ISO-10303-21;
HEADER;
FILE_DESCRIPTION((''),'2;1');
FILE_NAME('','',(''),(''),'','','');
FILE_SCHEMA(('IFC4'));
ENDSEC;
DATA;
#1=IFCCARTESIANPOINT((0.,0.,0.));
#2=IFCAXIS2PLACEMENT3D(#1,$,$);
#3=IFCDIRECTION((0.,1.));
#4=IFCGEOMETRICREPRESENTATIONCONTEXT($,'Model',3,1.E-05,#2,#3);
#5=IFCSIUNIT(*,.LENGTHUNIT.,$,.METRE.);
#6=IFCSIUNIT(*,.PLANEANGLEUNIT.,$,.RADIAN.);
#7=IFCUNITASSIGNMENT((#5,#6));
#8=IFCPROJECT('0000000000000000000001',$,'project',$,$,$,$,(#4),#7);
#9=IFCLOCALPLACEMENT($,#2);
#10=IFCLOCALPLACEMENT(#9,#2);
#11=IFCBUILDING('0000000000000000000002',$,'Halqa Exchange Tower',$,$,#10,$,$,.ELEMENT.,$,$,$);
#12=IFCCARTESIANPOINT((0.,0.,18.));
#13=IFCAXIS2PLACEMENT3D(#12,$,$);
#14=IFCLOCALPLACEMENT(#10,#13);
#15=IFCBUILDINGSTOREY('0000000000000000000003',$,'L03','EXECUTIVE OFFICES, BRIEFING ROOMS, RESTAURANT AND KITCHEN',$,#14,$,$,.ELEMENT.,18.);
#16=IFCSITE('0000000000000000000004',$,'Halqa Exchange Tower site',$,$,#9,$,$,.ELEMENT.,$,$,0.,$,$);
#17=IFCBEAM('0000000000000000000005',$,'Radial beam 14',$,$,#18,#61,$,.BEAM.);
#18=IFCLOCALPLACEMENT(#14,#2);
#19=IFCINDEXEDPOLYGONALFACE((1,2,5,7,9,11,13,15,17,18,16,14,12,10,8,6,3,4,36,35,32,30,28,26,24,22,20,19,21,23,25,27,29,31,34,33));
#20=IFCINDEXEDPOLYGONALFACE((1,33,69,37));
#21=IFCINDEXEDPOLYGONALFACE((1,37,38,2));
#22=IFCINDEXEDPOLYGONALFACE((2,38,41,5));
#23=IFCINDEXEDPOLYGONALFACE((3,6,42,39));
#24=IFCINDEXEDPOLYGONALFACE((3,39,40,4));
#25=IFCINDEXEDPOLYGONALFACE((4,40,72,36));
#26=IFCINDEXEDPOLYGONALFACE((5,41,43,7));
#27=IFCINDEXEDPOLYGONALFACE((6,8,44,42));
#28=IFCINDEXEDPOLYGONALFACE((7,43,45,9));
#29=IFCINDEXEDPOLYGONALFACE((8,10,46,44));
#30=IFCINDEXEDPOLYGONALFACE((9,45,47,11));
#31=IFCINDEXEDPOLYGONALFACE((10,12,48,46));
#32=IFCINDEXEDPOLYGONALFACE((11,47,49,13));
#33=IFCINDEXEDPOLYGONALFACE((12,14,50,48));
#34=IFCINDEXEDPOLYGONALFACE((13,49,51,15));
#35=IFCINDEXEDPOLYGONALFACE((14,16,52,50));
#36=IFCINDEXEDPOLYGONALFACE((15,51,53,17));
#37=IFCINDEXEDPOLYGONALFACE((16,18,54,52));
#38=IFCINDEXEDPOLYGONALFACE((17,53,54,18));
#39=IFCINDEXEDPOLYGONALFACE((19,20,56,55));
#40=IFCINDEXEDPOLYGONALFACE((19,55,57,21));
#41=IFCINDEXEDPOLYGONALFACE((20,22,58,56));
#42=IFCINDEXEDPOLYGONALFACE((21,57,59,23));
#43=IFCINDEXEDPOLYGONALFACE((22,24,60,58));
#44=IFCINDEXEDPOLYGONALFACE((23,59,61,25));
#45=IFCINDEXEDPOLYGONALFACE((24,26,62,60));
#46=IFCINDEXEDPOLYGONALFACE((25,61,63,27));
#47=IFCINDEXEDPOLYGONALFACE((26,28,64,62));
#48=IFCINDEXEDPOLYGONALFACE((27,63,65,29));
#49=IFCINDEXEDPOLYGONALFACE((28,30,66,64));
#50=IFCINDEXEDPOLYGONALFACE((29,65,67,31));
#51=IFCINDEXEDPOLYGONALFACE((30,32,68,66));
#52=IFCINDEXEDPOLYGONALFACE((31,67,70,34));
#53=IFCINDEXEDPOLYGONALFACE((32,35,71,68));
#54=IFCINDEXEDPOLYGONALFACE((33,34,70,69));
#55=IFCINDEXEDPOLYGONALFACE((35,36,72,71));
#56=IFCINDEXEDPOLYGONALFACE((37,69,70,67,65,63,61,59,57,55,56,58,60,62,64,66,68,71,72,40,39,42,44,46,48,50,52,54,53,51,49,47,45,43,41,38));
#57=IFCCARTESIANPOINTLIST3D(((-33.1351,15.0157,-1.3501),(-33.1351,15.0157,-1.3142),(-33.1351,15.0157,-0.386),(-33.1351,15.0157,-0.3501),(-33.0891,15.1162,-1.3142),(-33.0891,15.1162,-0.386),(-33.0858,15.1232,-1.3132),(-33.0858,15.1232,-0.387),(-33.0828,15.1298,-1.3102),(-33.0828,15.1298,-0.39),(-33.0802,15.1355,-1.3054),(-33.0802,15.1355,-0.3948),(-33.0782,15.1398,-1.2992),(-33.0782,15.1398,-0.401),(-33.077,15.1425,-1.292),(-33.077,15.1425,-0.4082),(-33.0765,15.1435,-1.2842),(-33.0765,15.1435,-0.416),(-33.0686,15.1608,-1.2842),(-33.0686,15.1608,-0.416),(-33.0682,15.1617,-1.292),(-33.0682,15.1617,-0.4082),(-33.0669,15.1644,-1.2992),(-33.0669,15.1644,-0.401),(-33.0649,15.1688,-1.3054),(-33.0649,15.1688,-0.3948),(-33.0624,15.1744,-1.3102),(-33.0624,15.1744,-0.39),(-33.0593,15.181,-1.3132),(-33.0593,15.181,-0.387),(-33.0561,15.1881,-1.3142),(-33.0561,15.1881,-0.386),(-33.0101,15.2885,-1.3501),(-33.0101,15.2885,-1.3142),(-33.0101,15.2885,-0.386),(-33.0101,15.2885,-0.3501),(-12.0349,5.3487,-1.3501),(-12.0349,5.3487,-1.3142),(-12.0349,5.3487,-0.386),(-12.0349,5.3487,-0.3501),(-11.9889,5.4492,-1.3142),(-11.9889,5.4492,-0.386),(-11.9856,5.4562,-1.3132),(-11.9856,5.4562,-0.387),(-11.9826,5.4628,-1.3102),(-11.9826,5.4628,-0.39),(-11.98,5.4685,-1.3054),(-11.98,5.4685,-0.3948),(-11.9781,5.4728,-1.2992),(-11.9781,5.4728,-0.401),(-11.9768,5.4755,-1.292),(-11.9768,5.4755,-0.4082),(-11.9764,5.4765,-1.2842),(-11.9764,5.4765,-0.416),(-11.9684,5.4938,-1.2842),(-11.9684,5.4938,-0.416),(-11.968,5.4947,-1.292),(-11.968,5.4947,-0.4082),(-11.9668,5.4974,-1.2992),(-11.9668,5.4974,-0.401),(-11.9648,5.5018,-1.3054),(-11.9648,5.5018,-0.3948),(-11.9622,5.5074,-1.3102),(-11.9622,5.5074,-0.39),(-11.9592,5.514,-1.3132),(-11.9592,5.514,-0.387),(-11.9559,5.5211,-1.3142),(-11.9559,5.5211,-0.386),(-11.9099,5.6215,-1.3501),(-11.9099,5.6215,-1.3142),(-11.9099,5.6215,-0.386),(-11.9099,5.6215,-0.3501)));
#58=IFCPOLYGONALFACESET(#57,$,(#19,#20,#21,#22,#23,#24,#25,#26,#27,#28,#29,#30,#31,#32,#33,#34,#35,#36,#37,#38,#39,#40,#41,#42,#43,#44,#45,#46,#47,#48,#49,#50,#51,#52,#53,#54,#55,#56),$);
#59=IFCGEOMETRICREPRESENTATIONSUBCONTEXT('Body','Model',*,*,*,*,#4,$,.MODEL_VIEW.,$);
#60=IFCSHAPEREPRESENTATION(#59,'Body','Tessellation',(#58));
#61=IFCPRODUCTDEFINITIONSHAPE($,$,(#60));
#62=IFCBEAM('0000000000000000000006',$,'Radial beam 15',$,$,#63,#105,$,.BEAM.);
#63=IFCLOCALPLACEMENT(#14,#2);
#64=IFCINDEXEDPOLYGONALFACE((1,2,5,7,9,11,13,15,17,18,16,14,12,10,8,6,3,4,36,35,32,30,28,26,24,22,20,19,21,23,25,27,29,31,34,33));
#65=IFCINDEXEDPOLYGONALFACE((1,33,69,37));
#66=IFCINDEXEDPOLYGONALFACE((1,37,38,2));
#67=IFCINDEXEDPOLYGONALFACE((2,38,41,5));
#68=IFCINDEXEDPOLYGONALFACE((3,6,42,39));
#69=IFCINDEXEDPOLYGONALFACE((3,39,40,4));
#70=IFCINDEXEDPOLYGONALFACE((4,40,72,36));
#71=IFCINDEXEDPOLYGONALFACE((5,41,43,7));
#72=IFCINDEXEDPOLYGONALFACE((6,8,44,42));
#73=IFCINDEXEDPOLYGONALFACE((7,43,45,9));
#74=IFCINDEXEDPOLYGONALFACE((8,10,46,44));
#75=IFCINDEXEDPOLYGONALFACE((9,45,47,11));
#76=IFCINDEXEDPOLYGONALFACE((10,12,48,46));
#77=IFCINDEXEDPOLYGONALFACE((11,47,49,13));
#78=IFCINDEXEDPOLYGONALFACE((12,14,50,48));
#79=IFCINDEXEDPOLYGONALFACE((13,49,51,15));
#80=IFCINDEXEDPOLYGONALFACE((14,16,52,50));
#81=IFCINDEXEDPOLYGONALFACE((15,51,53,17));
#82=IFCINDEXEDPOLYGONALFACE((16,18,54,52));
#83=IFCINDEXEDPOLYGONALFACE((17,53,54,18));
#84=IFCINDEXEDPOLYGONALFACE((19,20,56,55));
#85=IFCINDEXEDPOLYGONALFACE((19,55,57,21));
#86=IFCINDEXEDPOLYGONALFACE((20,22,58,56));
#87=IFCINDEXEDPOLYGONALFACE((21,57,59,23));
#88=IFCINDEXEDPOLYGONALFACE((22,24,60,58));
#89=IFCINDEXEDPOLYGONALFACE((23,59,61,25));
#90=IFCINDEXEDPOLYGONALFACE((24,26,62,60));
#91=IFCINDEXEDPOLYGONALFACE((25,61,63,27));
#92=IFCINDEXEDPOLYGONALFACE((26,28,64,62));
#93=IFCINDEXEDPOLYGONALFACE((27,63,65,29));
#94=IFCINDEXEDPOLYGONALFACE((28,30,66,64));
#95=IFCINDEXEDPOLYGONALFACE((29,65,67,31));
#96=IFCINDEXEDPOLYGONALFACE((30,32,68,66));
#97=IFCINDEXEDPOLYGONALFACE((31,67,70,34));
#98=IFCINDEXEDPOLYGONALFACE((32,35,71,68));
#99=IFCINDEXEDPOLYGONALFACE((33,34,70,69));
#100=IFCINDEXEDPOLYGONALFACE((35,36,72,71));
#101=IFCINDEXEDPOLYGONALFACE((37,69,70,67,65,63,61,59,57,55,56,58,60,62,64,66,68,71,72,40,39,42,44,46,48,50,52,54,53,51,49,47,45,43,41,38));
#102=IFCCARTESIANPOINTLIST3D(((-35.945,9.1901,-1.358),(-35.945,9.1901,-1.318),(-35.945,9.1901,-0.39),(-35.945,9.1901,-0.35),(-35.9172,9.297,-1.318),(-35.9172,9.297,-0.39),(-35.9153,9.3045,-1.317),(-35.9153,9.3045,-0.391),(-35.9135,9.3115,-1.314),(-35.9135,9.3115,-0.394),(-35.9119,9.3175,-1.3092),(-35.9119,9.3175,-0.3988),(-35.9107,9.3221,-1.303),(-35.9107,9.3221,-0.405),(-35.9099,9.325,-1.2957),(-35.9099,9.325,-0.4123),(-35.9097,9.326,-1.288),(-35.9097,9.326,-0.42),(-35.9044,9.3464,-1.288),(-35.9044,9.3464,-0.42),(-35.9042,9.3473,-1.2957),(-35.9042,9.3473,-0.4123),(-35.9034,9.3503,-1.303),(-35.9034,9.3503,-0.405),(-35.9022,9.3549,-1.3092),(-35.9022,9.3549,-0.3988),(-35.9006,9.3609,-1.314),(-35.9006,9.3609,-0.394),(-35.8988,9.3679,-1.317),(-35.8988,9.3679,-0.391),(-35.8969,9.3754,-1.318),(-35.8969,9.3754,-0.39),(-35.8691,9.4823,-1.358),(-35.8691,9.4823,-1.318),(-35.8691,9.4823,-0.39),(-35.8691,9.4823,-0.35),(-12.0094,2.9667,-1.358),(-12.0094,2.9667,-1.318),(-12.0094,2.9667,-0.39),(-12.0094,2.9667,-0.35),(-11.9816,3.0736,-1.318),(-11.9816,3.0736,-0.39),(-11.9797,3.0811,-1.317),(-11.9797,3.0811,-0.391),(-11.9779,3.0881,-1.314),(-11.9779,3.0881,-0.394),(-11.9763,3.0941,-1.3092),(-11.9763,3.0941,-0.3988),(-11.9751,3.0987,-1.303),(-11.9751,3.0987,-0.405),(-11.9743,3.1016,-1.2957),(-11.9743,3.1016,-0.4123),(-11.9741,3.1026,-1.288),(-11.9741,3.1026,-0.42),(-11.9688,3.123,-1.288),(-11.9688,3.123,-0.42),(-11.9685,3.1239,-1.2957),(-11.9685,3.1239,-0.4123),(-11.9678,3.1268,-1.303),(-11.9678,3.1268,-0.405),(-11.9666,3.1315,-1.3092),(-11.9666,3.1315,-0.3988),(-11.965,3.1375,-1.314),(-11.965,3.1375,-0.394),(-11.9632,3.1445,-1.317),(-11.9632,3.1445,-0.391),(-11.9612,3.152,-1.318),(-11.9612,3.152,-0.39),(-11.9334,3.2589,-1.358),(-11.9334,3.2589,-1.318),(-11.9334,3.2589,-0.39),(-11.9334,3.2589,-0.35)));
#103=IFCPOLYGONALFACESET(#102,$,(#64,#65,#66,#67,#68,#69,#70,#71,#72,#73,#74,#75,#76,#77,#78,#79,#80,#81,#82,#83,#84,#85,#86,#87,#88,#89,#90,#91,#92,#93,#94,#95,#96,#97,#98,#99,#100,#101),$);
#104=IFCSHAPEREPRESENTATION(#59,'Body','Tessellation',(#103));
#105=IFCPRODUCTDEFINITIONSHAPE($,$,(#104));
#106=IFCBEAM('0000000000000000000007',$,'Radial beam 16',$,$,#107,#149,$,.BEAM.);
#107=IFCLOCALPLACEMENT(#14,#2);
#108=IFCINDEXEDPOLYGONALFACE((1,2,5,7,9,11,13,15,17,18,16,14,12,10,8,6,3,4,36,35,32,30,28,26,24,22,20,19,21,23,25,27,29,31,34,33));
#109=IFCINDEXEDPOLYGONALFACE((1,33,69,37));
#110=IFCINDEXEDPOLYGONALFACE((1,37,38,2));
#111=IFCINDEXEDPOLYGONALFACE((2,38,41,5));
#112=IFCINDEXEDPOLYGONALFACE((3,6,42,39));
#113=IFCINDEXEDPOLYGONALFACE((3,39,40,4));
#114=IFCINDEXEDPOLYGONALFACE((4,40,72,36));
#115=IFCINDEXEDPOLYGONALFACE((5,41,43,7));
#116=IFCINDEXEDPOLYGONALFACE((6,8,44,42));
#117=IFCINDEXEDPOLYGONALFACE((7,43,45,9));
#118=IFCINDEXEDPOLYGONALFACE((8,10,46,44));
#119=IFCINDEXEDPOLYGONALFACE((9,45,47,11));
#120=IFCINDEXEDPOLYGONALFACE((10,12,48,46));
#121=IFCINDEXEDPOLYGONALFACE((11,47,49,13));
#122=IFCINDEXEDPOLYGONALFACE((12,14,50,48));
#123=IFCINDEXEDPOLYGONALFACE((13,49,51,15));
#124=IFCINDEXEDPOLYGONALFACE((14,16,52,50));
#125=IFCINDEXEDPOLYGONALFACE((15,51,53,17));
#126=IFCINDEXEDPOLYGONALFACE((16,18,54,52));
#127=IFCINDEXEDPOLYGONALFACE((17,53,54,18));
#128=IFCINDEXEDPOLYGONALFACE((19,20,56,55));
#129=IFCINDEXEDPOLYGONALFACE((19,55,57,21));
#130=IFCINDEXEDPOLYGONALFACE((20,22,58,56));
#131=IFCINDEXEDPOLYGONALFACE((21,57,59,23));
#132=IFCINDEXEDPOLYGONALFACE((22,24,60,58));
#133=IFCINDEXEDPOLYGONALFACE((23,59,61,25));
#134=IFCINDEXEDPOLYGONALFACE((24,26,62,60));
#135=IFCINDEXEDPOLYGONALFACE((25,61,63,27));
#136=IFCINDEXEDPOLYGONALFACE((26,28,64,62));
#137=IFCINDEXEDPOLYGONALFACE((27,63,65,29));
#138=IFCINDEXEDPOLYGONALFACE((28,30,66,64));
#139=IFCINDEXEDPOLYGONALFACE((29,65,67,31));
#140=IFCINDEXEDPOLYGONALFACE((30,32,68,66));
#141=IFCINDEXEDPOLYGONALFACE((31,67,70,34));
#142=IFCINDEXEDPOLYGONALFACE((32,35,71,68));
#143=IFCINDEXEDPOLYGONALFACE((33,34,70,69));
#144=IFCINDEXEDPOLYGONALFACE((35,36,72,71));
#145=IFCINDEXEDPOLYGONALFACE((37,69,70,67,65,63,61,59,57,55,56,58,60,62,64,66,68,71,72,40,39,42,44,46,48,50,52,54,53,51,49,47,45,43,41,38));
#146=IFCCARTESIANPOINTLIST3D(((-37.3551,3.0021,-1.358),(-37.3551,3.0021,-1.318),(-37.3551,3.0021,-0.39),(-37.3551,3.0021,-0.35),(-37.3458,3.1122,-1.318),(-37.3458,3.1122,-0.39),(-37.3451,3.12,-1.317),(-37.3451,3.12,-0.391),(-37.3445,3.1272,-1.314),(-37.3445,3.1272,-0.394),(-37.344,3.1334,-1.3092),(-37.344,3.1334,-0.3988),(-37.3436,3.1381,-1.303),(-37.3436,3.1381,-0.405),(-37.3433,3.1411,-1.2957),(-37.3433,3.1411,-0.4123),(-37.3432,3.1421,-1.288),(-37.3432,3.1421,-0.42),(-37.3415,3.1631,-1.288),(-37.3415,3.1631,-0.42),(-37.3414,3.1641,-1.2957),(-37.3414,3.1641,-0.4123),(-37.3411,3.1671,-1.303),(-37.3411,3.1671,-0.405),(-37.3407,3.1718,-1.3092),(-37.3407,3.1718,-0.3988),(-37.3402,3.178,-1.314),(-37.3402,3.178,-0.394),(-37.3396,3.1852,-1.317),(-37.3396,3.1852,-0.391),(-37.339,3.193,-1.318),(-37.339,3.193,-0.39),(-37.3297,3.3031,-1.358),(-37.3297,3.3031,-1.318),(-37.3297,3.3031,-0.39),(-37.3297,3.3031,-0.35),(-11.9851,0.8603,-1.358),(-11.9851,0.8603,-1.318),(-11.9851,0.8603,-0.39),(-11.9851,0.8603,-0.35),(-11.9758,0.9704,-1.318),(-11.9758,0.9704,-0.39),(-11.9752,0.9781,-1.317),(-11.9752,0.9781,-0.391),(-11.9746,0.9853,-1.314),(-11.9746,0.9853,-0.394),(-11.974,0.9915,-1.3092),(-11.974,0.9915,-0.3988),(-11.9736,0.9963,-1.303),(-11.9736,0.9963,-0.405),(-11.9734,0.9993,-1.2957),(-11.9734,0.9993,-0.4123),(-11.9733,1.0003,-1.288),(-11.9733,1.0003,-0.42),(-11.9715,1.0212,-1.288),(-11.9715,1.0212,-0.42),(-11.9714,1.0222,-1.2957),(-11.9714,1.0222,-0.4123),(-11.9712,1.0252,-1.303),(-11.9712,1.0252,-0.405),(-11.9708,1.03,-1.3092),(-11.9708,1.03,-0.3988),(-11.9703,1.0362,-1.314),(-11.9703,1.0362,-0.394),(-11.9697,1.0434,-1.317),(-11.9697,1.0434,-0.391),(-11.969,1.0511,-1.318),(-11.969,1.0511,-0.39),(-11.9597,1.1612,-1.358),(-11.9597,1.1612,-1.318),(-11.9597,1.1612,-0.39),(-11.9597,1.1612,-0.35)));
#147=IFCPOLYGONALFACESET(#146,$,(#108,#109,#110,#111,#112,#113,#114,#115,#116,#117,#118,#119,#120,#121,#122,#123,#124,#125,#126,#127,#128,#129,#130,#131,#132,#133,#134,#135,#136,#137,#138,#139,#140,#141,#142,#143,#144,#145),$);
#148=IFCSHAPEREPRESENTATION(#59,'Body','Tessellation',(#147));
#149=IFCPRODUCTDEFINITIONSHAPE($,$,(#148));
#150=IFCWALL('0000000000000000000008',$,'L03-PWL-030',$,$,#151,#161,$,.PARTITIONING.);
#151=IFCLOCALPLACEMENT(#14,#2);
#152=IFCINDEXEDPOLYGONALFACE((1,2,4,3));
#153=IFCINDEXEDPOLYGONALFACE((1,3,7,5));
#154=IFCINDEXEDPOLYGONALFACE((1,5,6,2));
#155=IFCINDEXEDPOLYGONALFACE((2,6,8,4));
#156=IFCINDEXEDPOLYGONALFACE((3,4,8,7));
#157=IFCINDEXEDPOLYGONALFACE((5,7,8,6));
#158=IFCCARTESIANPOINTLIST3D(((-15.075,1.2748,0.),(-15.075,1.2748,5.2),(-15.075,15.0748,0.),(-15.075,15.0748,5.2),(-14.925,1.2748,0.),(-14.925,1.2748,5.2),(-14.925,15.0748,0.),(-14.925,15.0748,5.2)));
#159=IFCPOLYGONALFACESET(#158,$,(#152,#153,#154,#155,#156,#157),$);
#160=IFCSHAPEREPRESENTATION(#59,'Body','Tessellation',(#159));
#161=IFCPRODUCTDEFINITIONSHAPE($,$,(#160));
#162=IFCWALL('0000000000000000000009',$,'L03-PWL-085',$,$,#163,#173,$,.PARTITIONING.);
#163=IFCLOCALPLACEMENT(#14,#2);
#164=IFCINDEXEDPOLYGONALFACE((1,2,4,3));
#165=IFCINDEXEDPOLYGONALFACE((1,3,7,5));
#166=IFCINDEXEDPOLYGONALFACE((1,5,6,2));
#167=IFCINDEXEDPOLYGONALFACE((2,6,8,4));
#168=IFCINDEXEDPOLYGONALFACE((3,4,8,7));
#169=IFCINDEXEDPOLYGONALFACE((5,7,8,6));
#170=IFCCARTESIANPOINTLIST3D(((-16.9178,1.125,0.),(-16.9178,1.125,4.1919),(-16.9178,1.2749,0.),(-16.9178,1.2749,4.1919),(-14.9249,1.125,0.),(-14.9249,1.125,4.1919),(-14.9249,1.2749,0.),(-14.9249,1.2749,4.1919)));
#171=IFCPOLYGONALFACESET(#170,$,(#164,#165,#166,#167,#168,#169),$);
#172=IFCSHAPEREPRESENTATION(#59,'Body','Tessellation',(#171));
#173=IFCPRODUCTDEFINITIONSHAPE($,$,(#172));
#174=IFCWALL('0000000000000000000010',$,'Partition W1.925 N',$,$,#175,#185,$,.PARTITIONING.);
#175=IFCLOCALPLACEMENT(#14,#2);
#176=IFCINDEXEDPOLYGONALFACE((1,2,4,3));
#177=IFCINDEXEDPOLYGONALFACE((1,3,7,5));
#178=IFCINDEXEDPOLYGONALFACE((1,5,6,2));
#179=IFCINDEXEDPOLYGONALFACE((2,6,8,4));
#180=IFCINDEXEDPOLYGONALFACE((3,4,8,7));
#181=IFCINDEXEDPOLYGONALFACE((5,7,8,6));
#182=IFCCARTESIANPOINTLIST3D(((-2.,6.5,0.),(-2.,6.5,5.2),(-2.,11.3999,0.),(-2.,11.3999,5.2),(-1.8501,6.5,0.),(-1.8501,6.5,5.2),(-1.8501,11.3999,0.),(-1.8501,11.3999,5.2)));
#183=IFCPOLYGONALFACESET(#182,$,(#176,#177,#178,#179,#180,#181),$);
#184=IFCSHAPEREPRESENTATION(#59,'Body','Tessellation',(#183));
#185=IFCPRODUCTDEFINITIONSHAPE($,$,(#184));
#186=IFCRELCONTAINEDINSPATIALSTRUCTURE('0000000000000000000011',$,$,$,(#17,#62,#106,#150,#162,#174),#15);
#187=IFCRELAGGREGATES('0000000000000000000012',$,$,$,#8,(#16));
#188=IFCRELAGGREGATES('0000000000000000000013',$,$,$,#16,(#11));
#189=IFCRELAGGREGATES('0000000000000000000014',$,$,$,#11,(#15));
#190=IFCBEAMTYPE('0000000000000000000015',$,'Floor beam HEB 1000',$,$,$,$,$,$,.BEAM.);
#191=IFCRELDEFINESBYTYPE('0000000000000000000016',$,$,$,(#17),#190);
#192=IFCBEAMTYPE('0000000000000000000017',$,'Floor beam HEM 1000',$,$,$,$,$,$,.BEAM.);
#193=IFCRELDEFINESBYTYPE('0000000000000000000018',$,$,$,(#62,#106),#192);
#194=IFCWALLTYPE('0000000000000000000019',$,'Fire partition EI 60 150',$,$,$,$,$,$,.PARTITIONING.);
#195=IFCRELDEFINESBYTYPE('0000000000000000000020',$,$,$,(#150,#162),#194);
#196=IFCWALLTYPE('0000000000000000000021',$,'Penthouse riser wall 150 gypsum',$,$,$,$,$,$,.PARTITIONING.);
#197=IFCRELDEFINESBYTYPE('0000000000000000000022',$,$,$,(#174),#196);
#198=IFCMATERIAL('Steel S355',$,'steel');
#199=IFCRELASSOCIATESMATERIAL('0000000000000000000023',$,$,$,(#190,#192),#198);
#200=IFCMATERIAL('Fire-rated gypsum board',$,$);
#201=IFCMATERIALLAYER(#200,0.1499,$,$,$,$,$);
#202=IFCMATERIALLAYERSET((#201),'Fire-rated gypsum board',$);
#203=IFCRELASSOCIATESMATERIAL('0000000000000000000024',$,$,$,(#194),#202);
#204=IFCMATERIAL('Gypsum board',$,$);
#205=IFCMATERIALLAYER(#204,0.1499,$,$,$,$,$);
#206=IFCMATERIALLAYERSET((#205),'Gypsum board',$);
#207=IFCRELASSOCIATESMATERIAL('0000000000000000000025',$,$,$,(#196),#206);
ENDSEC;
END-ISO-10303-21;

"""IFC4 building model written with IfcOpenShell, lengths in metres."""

from ifc_helpers import new_model, si_unit, direction, frame, frame_2d, origin, origin_2d, place, context, subcontext, project, spatial, rectangle, i_section, extrude, material, layer, layer_set, material_profile, profile_set, type_object, element, save


model = new_model("IFC4")

# Units and contexts
model_context = context("Model", 3, precision=1e-05, world=origin(), true_north=direction((0.0, 1.0)))
body_context = subcontext(model_context, "Body", "Model", "MODEL_VIEW")
ifc_project = project(units=[si_unit("LENGTHUNIT", "METRE"), si_unit("PLANEANGLEUNIT", "RADIAN")], contexts=[model_context])

# Site, building, storey
site_placement = place(None, origin())
site = spatial("IfcSite", under=ifc_project, at=site_placement, Name="Halqa Exchange Tower site", CompositionType="ELEMENT", RefElevation=0.0)
building_placement = place(site_placement, origin())
building = spatial("IfcBuilding", under=site, at=building_placement, Name="Halqa Exchange Tower", CompositionType="ELEMENT")
storey_placement = place(building_placement, frame((0.0, 0.0, 18.0)))
storey = spatial("IfcBuildingStorey", under=building, at=storey_placement, Name="L03", Description="EXECUTIVE OFFICES, BRIEFING ROOMS, RESTAURANT AND KITCHEN", CompositionType="ELEMENT", Elevation=18.0)

# Beams
ifc_material_1 = material(Name="Steel S355", Category="steel")
ifc_material_profile_1 = material_profile(ifc_material_1, i_section(OverallWidth=0.3, OverallDepth=1.0, WebThickness=0.019, FlangeThickness=0.0359, FilletRadius=0.03, at=origin_2d()), Name="HEB 1000")
ifc_profile_set_1 = profile_set([ifc_material_profile_1], Name="Steel S355")
beam_type_1 = type_object("IfcBeamType", Name="Floor beam HEB 1000", PredefinedType="BEAM", material=ifc_profile_set_1)
beam_1_placement = place(storey_placement, frame((-11.9724, 5.4851, -0.8501), z_axis=(-0.909128, 0.416516, 0.0), x_axis=(-0.416516, -0.909128, 0.0)))
element("IfcBeam", 1, at=beam_1_placement, inside=storey, type_object=beam_type_1, Name="Radial beam 14", PredefinedType="BEAM", context=body_context, shape_type="SweptSolid", body=[
    extrude(i_section(OverallWidth=0.3, OverallDepth=1.0, WebThickness=0.019, FlangeThickness=0.0359, FilletRadius=0.03, at=origin_2d()), origin(), (0.0, 0.0, 1.0), 23.2092),
])
ifc_material_profile_2 = material_profile(ifc_material_1, i_section(OverallWidth=0.302, OverallDepth=1.0081, WebThickness=0.021, FlangeThickness=0.04, FilletRadius=0.03, at=origin_2d()), Name="HEM 1000")
ifc_profile_set_2 = profile_set([ifc_material_profile_2], Name="Steel S355")
beam_type_2 = type_object("IfcBeamType", Name="Floor beam HEM 1000", PredefinedType="BEAM", material=ifc_profile_set_2)
beam_2_placement = place(storey_placement, frame((-11.9714, 3.1128, -0.854), z_axis=(-0.967821, 0.251639, 0.0), x_axis=(-0.251639, -0.967821, 0.0)))
element("IfcBeam", 2, at=beam_2_placement, inside=storey, type_object=beam_type_2, Name="Radial beam 15", PredefinedType="BEAM", context=body_context, shape_type="SweptSolid", body=[
    extrude(i_section(OverallWidth=0.302, OverallDepth=1.0081, WebThickness=0.021, FlangeThickness=0.04, FilletRadius=0.03, at=origin_2d()), origin(), (0.0, 0.0, 1.0), 24.7314),
])
beam_3_placement = place(storey_placement, frame((-11.9724, 1.0107, -0.854), z_axis=(-0.996455, 0.084125, 0.0), x_axis=(-0.084125, -0.996455, 0.0)))
element("IfcBeam", 3, at=beam_3_placement, inside=storey, type_object=beam_type_2, Name="Radial beam 16", PredefinedType="BEAM", context=body_context, shape_type="SweptSolid", body=[
    extrude(i_section(OverallWidth=0.302, OverallDepth=1.0081, WebThickness=0.021, FlangeThickness=0.04, FilletRadius=0.03, at=origin_2d()), origin(), (0.0, 0.0, 1.0), 25.4602),
])

# Walls
ifc_material_2 = material(Name="Fire-rated gypsum board")
ifc_layer_1 = layer(ifc_material_2, 0.1499)
ifc_layer_set_1 = layer_set([ifc_layer_1], Name="Fire-rated gypsum board")
wall_type_1 = type_object("IfcWallType", Name="Fire partition EI 60 150", PredefinedType="PARTITIONING", material=ifc_layer_set_1)
wall_1_placement = place(storey_placement, frame((-15.0, 1.2749, 0.0), z_axis=(0.0, 0.0, 1.0), x_axis=(0.0, 1.0, 0.0)))
element("IfcWall", 4, at=wall_1_placement, inside=storey, type_object=wall_type_1, Name="L03-PWL-030", PredefinedType="PARTITIONING", context=body_context, shape_type="SweptSolid", body=[
    extrude(rectangle(XDim=13.8, YDim=0.1499, at=frame_2d((6.8999, 0.0))), origin(), (0.0, 0.0, 1.0), 5.2),
])
wall_2_placement = place(storey_placement, frame((-16.918, 1.2, 0.0), z_axis=(0.0, 0.0, 1.0), x_axis=(1.0, 0.0, 0.0)))
element("IfcWall", 5, at=wall_2_placement, inside=storey, type_object=wall_type_1, Name="L03-PWL-085", PredefinedType="PARTITIONING", context=body_context, shape_type="SweptSolid", body=[
    extrude(rectangle(XDim=1.9929, YDim=0.1499, at=frame_2d((0.9966, 0.0))), origin(), (0.0, 0.0, 1.0), 4.1919),
])
ifc_material_3 = material(Name="Gypsum board")
ifc_layer_2 = layer(ifc_material_3, 0.1499)
ifc_layer_set_2 = layer_set([ifc_layer_2], Name="Gypsum board")
wall_type_2 = type_object("IfcWallType", Name="Penthouse riser wall 150 gypsum", PredefinedType="PARTITIONING", material=ifc_layer_set_2)
wall_3_placement = place(storey_placement, frame((-1.925, 6.5, 0.0), z_axis=(0.0, 0.0, 1.0), x_axis=(0.0, 1.0, 0.0)))
element("IfcWall", 6, at=wall_3_placement, inside=storey, type_object=wall_type_2, Name="Partition W1.925 N", PredefinedType="PARTITIONING", context=body_context, shape_type="SweptSolid", body=[
    extrude(rectangle(XDim=4.8999, YDim=0.1499, at=frame_2d((2.45, 0.0))), origin(), (0.0, 0.0, 1.0), 5.2),
])

save(model, "model.ifc")
